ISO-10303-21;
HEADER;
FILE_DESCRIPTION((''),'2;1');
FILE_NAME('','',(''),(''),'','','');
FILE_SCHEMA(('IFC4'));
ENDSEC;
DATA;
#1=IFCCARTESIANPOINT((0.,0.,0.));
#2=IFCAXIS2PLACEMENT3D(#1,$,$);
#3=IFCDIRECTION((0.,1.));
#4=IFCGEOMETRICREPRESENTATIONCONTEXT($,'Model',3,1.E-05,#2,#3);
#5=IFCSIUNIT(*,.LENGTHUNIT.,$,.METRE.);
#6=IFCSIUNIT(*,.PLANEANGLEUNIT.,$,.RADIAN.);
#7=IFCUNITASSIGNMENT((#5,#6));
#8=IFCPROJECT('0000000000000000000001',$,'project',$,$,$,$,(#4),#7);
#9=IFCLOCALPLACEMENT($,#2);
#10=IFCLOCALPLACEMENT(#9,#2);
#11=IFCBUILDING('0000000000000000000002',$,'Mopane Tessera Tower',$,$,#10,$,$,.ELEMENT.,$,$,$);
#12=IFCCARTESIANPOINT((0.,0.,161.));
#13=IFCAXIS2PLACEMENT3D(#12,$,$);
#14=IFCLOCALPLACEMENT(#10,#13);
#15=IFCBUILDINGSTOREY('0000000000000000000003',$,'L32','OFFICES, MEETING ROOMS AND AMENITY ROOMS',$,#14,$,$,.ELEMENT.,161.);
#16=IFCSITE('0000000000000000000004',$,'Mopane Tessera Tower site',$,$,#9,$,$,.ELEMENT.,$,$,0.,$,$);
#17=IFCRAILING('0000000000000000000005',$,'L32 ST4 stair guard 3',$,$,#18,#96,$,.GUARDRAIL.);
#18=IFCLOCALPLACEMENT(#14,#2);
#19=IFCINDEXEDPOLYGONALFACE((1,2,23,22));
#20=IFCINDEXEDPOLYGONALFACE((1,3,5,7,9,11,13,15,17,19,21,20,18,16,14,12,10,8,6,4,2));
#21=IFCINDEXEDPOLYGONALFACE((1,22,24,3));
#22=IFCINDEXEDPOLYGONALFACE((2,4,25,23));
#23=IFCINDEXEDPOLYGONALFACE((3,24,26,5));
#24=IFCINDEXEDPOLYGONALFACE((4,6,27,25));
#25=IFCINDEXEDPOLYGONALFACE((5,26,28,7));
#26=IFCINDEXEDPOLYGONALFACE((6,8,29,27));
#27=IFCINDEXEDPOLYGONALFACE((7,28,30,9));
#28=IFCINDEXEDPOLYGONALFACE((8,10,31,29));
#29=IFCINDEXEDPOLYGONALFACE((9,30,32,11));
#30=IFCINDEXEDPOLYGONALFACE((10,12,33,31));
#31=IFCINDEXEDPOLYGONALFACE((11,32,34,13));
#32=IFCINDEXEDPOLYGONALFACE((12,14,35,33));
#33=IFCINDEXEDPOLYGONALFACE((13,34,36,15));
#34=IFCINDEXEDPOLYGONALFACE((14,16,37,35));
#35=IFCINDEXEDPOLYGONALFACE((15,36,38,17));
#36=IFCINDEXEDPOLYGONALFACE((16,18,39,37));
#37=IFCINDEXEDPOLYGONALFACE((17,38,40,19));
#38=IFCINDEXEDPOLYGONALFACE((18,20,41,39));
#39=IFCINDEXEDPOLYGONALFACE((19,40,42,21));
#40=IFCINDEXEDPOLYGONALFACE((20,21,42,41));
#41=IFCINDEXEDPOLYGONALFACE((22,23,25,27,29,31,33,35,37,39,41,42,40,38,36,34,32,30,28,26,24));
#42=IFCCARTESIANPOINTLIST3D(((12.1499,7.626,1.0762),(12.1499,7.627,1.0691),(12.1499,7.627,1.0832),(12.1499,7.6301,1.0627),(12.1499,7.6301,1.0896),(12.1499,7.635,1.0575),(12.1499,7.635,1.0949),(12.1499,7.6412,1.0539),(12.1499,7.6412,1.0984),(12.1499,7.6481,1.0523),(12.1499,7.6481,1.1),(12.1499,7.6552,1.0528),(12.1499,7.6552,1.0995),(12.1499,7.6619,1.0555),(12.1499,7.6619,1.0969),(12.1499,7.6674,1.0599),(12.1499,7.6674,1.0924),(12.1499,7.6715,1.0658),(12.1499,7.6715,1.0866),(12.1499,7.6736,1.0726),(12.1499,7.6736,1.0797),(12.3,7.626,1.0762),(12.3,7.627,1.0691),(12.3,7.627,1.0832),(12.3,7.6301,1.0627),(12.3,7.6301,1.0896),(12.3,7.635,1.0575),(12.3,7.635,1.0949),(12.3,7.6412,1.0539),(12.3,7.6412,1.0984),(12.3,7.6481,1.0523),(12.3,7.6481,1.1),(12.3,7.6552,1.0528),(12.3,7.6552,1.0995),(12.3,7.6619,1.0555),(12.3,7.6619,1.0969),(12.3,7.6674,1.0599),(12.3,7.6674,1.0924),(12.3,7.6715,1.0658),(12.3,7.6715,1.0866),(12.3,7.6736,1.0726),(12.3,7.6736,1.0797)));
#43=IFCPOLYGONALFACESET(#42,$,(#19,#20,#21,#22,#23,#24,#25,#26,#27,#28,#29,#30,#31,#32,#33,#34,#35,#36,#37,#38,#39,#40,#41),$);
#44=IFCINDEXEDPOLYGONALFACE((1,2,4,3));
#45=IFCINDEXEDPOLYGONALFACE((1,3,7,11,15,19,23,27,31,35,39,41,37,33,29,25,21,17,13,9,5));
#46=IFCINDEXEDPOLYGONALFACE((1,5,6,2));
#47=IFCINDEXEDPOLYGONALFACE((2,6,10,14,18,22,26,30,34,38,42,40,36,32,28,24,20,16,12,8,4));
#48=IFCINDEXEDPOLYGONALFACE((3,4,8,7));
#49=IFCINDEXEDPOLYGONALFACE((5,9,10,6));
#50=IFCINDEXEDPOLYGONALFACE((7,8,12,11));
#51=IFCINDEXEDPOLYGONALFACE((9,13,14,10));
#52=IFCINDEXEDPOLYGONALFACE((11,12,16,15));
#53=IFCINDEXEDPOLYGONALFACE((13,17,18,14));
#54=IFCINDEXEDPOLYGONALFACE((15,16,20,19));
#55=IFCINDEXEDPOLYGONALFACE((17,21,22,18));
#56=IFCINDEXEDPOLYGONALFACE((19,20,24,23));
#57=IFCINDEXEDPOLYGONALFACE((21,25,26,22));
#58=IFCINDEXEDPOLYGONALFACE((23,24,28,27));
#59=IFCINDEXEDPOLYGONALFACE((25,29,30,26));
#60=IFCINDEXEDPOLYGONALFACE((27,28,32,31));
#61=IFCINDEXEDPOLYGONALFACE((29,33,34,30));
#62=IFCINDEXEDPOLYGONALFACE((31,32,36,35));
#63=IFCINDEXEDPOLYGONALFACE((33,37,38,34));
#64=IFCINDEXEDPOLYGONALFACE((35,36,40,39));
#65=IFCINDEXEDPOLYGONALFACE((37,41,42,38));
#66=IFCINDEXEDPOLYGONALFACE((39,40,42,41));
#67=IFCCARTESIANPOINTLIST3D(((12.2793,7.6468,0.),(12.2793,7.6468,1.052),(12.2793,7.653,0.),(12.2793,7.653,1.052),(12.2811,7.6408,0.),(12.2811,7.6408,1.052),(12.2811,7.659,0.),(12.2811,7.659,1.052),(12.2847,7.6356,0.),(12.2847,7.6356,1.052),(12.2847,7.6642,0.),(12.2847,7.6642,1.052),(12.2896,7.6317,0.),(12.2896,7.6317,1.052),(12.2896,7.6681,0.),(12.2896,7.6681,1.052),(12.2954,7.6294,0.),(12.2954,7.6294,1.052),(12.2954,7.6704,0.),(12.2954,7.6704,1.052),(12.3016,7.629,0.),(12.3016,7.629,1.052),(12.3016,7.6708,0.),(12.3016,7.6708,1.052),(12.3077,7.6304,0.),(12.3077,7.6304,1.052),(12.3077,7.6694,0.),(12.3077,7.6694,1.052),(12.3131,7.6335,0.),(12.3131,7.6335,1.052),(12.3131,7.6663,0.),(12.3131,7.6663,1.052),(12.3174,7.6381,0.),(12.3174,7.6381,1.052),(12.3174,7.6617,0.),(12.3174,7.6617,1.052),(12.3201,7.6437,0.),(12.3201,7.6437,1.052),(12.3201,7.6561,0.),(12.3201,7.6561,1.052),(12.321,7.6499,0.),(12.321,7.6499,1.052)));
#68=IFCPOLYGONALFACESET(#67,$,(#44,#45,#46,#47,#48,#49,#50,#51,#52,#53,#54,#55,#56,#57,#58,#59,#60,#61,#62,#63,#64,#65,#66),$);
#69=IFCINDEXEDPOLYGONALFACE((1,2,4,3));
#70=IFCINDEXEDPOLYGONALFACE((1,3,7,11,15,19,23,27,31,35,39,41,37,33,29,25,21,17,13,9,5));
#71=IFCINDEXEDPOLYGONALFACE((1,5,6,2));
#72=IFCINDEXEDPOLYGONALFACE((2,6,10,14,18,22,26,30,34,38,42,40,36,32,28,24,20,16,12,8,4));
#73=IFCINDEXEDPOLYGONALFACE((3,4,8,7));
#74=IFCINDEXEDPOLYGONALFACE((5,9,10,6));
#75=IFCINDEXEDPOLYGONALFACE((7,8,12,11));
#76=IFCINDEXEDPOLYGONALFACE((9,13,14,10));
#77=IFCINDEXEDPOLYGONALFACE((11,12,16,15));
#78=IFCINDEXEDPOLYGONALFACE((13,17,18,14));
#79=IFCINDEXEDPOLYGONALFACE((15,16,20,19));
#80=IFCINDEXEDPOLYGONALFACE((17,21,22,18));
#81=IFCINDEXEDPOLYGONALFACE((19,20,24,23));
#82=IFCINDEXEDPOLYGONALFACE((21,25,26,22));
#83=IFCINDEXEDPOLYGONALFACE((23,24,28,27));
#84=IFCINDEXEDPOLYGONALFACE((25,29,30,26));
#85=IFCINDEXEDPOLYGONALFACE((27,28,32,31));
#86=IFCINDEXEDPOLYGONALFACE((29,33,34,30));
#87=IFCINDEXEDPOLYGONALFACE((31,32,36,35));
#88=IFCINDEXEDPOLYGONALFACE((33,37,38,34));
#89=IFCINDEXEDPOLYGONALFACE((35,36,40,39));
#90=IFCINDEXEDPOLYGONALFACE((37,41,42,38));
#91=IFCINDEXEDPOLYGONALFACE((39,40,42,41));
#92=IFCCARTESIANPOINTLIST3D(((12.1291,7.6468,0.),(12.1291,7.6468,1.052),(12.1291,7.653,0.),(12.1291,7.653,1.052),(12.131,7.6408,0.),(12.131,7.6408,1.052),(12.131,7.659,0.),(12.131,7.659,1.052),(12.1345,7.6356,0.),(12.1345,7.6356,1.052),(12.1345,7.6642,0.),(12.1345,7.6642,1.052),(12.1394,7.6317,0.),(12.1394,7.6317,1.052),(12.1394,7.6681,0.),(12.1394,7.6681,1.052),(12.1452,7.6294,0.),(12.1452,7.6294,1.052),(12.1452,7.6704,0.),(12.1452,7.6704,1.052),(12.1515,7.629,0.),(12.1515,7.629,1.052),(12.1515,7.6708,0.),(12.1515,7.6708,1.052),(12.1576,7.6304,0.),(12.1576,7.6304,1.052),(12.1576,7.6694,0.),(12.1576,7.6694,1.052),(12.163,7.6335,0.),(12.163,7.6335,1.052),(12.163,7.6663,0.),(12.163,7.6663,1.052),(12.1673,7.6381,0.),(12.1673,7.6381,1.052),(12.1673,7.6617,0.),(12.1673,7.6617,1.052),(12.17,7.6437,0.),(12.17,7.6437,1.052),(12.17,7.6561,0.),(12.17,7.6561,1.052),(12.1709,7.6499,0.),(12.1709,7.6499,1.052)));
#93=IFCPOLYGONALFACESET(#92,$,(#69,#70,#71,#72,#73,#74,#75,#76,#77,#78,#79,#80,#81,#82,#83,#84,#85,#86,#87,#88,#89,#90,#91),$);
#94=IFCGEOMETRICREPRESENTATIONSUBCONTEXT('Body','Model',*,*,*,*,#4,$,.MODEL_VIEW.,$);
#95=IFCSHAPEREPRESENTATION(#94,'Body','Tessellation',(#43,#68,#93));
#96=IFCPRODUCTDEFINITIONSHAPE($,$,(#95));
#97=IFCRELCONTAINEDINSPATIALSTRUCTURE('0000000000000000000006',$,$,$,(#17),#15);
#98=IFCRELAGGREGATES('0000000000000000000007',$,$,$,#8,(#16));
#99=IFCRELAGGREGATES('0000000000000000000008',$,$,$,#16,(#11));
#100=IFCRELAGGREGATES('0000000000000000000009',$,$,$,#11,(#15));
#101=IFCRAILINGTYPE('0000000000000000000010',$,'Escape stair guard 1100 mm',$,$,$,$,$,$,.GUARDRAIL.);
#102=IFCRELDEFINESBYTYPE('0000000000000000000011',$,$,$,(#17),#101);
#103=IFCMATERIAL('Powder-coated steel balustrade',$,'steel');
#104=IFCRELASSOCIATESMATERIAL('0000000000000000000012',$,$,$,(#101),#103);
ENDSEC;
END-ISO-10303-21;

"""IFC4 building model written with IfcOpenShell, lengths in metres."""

from ifc_helpers import new_model, si_unit, direction, frame, origin, origin_2d, place, context, subcontext, project, spatial, circle, extrude, material, type_object, element, save


model = new_model("IFC4")

# Units and contexts
model_context = context("Model", 3, precision=1e-05, world=origin(), true_north=direction((0.0, 1.0)))
body_context = subcontext(model_context, "Body", "Model", "MODEL_VIEW")
ifc_project = project(units=[si_unit("LENGTHUNIT", "METRE"), si_unit("PLANEANGLEUNIT", "RADIAN")], contexts=[model_context])

# Site, building, storey
site_placement = place(None, origin())
site = spatial("IfcSite", under=ifc_project, at=site_placement, Name="Mopane Tessera Tower site", CompositionType="ELEMENT", RefElevation=0.0)
building_placement = place(site_placement, origin())
building = spatial("IfcBuilding", under=site, at=building_placement, Name="Mopane Tessera Tower", CompositionType="ELEMENT")
storey_placement = place(building_placement, frame((0.0, 0.0, 161.0)))
storey = spatial("IfcBuildingStorey", under=building, at=storey_placement, Name="L32", Description="OFFICES, MEETING ROOMS AND AMENITY ROOMS", CompositionType="ELEMENT", Elevation=161.0)

# Railing
ifc_material_1 = material(Name="Powder-coated steel balustrade", Category="steel")
railing_type_1 = type_object("IfcRailingType", Name="Escape stair guard 1100 mm", PredefinedType="GUARDRAIL", material=ifc_material_1)
railing_1_placement = place(storey_placement, frame((12.3, 7.6499, 0.0)))
element("IfcRailing", 1, at=railing_1_placement, inside=storey, type_object=railing_type_1, Name="L32 ST4 stair guard 3", PredefinedType="GUARDRAIL", context=body_context, shape_type="SweptSolid", body=[
    extrude(circle(Radius=0.0239, at=origin_2d()), frame((0.0, 0.0, 1.0762), z_axis=(-1.0, 0.0, 0.0), x_axis=(0.0, -1.0, 0.0)), (0.0, 0.0, 1.0), 0.1501),
    extrude(circle(Radius=0.021, at=origin_2d()), origin(), (0.0, 0.0, 1.0), 1.052),
    extrude(circle(Radius=0.021, at=origin_2d()), frame((-0.1501, 0.0, 0.0)), (0.0, 0.0, 1.0), 1.052),
])

save(model, "model.ifc")
